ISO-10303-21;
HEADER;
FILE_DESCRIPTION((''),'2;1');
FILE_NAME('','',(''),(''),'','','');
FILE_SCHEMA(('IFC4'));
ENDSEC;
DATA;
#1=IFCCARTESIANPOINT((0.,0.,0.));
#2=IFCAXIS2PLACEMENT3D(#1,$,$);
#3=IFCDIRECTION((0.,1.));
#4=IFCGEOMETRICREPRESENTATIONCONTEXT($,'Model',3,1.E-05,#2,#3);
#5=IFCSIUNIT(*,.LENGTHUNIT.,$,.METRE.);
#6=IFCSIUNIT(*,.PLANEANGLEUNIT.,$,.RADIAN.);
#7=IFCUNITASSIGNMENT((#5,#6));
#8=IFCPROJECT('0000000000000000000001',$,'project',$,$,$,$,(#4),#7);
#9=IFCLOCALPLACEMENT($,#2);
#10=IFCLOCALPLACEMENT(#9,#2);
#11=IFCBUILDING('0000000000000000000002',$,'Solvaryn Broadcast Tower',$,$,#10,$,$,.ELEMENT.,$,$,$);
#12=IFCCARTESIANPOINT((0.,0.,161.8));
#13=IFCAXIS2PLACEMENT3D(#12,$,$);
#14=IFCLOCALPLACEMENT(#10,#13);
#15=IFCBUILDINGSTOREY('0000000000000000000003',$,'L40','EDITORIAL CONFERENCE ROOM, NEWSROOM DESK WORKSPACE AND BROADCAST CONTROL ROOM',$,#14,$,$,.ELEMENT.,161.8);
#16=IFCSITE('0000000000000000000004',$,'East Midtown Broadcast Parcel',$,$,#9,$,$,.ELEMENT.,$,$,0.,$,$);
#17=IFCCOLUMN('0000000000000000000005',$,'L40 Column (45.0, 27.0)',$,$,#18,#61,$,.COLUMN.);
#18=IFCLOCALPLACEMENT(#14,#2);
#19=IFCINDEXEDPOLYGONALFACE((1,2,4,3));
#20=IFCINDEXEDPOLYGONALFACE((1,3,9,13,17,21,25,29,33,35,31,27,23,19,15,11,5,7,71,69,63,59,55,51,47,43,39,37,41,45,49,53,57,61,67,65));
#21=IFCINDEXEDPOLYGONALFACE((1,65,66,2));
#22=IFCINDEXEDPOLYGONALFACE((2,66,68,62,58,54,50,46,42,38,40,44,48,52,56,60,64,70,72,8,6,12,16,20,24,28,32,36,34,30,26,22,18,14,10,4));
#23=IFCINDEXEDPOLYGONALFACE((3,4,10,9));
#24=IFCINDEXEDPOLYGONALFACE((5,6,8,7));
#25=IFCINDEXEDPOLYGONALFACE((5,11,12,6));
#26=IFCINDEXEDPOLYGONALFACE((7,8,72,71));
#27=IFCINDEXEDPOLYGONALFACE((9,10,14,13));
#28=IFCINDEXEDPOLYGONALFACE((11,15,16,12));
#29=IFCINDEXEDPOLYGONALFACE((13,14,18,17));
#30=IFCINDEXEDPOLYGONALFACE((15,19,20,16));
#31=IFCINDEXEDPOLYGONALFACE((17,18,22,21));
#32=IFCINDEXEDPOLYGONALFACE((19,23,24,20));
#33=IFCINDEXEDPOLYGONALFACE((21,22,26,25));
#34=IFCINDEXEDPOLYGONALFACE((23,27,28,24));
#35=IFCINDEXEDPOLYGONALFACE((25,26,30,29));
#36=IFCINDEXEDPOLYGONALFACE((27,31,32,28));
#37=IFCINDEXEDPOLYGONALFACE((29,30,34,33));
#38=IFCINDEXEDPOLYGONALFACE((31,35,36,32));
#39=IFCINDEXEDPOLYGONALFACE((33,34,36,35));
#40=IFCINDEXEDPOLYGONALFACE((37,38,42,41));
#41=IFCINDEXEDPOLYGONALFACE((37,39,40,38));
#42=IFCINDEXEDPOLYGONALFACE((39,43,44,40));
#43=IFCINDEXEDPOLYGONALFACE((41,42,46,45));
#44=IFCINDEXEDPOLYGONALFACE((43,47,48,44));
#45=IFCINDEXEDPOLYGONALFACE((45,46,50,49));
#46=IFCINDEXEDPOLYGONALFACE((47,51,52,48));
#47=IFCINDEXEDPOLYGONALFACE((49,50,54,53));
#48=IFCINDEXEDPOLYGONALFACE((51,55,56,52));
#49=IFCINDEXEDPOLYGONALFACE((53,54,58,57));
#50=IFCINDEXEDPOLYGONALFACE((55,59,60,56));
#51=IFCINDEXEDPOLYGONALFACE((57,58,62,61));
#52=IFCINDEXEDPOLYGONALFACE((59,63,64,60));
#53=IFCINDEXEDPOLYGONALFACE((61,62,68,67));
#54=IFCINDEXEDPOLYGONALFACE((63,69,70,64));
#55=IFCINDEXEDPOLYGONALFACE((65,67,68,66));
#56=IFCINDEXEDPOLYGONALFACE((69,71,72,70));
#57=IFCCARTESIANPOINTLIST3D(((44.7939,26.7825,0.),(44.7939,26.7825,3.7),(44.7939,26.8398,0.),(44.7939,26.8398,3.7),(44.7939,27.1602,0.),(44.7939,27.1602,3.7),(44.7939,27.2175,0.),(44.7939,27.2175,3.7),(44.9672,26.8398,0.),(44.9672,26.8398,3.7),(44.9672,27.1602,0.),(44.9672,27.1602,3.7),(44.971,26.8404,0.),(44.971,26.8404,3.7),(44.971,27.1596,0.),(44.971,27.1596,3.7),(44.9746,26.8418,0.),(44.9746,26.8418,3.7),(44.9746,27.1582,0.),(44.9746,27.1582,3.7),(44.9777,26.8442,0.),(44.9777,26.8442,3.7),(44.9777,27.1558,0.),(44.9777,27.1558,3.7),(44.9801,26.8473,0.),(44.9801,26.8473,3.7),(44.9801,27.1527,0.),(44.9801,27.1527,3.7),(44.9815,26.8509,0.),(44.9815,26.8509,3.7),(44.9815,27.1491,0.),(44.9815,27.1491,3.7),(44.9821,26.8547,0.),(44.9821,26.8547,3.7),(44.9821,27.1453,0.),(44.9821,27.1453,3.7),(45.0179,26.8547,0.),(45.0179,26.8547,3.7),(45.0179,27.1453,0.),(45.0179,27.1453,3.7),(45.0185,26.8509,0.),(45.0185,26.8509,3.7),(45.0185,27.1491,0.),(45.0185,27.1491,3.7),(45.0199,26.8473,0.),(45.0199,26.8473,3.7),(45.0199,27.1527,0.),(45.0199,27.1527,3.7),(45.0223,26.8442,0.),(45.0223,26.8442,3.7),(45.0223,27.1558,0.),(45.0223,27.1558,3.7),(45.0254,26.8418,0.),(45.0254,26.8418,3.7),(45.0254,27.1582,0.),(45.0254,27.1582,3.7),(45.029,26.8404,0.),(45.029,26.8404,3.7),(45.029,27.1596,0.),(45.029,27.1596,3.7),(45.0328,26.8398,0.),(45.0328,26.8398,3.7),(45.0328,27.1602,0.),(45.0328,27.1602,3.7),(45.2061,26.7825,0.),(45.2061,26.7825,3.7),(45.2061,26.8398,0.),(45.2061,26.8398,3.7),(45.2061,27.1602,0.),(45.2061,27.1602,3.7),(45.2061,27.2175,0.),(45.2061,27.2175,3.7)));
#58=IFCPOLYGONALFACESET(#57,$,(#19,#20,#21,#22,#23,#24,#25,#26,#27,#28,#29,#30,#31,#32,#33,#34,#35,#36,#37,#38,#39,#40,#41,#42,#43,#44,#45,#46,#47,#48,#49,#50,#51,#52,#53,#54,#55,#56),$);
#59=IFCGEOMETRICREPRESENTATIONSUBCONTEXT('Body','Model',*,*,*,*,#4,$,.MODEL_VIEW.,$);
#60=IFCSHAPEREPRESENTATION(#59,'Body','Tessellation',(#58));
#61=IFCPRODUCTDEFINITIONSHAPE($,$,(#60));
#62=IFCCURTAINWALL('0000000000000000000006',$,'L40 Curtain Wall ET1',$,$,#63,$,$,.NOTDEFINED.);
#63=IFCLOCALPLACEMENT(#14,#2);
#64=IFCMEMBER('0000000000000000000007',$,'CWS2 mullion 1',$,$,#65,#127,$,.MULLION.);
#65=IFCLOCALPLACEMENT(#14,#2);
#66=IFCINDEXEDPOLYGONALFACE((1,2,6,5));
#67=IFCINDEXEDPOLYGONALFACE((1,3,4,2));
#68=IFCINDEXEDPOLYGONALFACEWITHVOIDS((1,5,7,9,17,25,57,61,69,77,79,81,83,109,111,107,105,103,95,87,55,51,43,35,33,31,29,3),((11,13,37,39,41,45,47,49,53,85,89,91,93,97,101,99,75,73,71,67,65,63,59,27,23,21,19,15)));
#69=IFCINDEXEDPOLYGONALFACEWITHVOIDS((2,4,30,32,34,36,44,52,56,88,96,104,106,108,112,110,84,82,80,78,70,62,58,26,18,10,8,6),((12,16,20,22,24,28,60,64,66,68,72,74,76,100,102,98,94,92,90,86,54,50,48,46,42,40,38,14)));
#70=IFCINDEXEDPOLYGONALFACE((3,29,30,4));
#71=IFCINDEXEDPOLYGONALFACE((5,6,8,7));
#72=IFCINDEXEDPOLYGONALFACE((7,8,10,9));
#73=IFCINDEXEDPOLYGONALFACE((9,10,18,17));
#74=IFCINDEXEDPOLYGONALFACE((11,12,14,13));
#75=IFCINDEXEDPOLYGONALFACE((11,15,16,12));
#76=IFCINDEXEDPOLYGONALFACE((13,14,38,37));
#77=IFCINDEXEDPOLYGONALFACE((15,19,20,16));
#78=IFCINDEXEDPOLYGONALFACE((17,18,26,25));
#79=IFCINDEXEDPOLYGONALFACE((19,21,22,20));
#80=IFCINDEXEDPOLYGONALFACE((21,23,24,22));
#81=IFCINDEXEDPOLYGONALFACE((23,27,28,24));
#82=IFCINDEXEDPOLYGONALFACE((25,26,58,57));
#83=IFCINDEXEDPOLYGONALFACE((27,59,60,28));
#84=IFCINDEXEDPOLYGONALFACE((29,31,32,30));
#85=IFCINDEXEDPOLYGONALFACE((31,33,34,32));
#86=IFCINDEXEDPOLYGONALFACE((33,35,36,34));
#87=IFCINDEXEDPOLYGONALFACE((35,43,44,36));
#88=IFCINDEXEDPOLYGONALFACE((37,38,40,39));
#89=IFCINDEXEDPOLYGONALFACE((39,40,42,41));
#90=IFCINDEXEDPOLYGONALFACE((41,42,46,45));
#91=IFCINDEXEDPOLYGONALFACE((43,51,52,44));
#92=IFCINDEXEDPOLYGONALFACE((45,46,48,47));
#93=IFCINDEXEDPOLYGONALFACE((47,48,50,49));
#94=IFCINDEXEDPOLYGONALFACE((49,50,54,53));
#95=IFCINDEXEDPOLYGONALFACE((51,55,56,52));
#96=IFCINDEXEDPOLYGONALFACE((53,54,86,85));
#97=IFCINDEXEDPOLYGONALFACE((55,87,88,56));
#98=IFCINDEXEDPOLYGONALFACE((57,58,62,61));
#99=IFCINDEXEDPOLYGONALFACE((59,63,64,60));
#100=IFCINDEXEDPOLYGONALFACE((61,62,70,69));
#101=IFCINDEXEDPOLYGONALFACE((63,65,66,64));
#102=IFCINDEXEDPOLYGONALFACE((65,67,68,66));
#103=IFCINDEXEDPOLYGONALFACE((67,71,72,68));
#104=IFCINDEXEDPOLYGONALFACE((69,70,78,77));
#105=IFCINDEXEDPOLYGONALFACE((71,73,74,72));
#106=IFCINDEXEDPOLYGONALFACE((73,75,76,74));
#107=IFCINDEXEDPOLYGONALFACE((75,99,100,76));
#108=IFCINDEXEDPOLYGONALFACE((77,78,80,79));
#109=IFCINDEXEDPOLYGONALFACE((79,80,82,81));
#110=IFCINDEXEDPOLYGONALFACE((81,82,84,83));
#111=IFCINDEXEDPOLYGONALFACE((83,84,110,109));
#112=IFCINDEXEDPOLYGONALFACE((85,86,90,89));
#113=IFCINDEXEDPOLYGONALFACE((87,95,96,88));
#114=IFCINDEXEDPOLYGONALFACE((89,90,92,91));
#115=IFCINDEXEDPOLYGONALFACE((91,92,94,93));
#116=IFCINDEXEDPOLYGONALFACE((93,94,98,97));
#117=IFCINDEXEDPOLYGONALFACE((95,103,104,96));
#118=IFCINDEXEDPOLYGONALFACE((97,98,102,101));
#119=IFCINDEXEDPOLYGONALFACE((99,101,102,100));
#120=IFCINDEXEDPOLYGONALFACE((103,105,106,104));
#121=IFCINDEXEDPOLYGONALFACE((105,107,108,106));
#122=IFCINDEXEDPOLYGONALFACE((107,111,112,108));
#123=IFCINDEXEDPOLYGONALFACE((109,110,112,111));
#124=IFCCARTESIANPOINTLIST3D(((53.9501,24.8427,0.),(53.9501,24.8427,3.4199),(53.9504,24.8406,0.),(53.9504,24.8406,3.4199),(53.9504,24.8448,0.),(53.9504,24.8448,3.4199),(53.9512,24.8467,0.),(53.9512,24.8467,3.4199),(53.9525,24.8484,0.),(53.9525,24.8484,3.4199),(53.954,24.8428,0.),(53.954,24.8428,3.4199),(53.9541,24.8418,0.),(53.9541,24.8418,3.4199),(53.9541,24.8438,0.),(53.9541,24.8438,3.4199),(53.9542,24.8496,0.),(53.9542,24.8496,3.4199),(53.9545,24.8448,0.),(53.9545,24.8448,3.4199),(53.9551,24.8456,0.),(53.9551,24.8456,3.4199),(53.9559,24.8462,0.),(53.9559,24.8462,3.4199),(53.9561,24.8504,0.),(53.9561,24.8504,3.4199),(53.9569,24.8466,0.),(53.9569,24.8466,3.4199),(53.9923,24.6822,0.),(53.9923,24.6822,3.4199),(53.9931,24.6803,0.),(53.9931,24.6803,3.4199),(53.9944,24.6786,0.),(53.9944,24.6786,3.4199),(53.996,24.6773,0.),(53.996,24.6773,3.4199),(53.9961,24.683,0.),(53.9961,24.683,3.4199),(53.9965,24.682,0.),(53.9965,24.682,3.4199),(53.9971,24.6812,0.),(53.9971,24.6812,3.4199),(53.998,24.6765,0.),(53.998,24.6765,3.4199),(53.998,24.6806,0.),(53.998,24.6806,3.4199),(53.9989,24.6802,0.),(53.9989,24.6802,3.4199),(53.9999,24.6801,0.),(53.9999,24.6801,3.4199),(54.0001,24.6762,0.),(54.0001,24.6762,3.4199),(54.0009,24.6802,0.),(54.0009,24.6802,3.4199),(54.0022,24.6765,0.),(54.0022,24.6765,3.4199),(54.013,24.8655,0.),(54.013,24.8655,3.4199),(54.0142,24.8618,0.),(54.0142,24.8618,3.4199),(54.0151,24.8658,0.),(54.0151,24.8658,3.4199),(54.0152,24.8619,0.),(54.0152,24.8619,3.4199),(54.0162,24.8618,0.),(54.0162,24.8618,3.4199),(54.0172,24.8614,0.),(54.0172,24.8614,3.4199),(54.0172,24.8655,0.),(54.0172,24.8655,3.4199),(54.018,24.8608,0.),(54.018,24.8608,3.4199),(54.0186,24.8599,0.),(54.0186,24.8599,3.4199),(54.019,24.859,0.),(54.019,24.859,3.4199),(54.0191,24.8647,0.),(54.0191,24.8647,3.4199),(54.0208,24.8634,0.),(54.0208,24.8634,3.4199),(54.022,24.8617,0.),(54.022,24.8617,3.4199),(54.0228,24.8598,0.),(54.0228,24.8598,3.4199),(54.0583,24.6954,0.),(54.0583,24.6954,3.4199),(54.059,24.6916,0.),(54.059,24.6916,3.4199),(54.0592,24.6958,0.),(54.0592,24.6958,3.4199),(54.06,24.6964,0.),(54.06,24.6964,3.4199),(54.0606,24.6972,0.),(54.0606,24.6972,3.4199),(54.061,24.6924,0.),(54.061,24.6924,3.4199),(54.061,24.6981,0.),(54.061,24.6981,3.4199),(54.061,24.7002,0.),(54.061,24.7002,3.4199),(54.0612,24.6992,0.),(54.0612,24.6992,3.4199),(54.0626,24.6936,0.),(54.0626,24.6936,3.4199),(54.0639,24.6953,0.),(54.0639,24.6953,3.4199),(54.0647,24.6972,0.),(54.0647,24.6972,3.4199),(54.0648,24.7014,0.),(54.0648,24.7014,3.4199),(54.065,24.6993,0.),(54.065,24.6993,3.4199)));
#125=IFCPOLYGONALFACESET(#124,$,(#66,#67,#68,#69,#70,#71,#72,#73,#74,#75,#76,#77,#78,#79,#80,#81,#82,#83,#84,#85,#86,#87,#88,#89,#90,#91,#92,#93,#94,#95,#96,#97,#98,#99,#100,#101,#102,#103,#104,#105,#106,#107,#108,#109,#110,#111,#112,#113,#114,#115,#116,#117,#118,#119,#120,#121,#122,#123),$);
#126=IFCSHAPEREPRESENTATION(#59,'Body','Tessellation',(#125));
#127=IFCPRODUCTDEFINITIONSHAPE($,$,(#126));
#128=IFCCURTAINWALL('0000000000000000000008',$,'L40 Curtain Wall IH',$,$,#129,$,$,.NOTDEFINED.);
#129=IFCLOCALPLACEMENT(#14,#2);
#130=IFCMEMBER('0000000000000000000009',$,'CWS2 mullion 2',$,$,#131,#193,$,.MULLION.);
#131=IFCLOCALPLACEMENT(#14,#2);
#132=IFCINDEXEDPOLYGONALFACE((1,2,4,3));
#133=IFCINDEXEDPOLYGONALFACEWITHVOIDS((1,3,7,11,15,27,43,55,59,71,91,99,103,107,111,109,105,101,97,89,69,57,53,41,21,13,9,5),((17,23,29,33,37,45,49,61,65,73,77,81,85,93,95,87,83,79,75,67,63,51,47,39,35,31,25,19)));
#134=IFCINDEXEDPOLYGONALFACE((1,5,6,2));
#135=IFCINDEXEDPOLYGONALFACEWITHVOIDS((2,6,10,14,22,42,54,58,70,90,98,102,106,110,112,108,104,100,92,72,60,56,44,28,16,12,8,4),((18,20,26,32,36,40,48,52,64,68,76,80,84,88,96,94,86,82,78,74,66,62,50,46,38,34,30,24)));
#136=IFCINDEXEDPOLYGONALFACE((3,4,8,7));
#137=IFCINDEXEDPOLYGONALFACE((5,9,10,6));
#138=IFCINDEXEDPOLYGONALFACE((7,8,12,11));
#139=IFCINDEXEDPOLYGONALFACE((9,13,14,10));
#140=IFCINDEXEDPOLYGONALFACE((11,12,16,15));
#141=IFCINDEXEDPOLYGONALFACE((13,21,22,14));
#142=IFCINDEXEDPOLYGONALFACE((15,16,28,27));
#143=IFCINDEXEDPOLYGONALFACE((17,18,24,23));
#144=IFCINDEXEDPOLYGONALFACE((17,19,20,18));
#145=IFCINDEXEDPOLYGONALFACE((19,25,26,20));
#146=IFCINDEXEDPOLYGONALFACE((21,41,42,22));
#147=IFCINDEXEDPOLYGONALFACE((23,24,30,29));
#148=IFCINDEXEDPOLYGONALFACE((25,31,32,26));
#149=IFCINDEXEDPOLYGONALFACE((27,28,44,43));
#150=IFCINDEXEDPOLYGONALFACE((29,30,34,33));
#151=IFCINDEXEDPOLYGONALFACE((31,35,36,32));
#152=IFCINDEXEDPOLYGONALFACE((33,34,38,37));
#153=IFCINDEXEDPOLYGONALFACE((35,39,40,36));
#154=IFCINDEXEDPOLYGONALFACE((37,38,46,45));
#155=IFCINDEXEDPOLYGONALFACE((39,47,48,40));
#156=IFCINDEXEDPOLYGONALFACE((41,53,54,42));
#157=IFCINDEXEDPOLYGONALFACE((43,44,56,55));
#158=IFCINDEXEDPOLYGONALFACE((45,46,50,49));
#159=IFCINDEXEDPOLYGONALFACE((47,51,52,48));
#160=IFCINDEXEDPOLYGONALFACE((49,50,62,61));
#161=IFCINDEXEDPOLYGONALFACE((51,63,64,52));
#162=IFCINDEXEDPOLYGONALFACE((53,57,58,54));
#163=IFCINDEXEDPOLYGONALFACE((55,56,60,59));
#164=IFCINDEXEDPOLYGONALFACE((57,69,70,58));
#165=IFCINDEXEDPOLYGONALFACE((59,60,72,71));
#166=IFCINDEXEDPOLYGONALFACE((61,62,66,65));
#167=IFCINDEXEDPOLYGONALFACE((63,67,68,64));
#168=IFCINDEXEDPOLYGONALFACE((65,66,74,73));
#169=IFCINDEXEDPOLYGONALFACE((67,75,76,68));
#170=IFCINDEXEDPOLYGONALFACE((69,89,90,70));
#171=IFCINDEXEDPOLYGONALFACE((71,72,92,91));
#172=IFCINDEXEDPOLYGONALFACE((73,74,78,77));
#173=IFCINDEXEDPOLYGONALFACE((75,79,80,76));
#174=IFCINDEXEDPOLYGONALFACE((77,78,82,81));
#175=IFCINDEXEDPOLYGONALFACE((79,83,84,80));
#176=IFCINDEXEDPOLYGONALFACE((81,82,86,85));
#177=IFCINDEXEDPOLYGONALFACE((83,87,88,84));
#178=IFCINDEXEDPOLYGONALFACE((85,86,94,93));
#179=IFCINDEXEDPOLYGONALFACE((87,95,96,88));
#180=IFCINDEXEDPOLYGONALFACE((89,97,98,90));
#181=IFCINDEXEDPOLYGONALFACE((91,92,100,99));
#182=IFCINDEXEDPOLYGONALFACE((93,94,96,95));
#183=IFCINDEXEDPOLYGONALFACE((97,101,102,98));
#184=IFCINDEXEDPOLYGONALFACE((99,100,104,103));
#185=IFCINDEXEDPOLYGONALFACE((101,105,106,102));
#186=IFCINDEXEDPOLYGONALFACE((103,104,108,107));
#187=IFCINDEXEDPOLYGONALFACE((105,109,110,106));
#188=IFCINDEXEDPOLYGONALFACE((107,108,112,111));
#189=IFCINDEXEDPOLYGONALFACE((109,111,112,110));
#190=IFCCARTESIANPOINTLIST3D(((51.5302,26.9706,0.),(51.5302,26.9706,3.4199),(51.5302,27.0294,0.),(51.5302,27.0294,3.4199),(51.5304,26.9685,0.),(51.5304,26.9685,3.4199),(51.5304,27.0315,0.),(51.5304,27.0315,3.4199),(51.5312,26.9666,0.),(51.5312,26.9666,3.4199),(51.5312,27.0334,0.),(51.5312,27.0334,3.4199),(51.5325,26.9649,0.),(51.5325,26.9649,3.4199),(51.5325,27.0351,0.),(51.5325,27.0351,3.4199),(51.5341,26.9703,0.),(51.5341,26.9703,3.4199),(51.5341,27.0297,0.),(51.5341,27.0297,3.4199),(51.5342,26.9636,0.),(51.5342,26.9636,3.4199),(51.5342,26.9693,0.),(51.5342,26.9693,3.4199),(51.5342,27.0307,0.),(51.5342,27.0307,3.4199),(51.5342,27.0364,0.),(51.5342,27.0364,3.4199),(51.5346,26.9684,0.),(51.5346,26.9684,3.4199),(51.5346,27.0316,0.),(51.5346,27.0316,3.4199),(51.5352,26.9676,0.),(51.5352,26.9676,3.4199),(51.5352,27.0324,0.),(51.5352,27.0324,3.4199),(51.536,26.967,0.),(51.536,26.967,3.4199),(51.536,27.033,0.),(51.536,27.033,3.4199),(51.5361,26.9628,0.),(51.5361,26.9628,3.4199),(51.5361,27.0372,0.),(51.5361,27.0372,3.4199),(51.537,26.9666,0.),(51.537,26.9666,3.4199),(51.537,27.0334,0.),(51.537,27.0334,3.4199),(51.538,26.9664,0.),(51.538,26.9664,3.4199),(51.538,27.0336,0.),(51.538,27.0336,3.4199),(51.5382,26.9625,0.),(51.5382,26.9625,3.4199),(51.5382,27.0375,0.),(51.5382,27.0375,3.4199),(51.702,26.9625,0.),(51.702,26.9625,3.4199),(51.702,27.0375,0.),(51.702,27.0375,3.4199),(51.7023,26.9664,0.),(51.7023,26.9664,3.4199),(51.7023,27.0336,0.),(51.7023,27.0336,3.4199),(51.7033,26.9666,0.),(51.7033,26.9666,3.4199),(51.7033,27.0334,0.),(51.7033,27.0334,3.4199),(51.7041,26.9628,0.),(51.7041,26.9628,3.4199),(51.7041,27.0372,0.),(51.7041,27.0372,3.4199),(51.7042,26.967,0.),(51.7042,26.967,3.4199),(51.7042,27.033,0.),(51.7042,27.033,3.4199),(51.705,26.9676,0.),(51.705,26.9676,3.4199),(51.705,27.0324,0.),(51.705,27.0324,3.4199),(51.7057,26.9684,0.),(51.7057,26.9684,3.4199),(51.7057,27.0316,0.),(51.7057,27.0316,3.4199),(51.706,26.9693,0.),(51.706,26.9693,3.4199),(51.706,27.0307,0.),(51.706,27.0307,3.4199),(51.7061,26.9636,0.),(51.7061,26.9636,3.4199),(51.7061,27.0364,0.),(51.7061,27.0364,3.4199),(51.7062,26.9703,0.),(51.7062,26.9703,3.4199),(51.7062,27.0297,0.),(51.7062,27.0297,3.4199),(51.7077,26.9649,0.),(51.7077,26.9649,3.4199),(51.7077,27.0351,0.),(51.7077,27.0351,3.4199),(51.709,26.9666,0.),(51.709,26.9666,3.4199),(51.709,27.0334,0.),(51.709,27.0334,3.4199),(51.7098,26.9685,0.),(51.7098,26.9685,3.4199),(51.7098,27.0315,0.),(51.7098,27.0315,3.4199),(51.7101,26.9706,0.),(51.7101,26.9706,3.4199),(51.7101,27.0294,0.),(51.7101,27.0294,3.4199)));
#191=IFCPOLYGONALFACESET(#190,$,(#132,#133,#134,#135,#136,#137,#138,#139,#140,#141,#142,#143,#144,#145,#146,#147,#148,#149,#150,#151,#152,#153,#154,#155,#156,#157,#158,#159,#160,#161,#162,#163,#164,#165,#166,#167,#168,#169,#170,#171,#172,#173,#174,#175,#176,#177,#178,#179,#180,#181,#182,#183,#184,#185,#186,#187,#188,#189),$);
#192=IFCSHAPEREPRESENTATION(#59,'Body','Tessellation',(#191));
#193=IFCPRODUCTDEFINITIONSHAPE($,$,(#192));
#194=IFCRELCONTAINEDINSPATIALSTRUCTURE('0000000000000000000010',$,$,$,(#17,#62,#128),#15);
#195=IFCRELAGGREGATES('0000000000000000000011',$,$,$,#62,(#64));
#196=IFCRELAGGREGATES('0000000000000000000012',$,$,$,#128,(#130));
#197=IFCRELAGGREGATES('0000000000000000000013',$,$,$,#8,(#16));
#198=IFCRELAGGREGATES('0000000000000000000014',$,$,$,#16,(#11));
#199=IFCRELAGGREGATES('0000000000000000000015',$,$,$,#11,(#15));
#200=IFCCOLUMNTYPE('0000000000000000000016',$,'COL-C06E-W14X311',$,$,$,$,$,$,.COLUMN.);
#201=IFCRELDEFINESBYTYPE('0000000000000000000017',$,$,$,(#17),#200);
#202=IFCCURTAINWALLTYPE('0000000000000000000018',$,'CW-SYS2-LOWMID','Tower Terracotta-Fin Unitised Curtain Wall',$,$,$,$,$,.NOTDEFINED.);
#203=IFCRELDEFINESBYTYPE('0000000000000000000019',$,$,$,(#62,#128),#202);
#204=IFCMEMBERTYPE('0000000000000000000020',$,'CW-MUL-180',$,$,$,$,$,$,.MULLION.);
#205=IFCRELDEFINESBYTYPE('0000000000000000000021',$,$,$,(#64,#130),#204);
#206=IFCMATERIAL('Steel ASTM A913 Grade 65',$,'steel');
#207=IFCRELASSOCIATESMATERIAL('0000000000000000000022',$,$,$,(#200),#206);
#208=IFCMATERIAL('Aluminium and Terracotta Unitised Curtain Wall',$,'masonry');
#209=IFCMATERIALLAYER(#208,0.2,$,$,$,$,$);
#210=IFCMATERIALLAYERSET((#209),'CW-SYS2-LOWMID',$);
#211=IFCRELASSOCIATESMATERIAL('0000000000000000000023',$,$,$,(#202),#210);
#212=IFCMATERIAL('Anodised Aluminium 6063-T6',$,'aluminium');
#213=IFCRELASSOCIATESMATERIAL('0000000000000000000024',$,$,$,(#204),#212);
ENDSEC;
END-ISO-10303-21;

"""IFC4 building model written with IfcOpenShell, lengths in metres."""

from ifc_helpers import new_model, si_unit, direction, frame, origin, origin_2d, place, context, subcontext, project, spatial, hollow_rectangle, i_section, extrude, material, layer, layer_set, material_profile, profile_set, type_object, element, aggregate, save


model = new_model("IFC4")

# Units and contexts
model_context = context("Model", 3, precision=1e-05, world=origin(), true_north=direction((0.0, 1.0)))
body_context = subcontext(model_context, "Body", "Model", "MODEL_VIEW")
ifc_project = project(units=[si_unit("LENGTHUNIT", "METRE"), si_unit("PLANEANGLEUNIT", "RADIAN")], contexts=[model_context])

# Site, building, storey
site_placement = place(None, origin())
site = spatial("IfcSite", under=ifc_project, at=site_placement, Name="East Midtown Broadcast Parcel", CompositionType="ELEMENT", RefElevation=0.0)
building_placement = place(site_placement, origin())
building = spatial("IfcBuilding", under=site, at=building_placement, Name="Solvaryn Broadcast Tower", CompositionType="ELEMENT")
storey_placement = place(building_placement, frame((0.0, 0.0, 161.8)))
storey = spatial("IfcBuildingStorey", under=building, at=storey_placement, Name="L40", Description="EDITORIAL CONFERENCE ROOM, NEWSROOM DESK WORKSPACE AND BROADCAST CONTROL ROOM", CompositionType="ELEMENT", Elevation=161.8)

# Column
ifc_material_1 = material(Name="Steel ASTM A913 Grade 65", Category="steel")
ifc_material_profile_1 = material_profile(ifc_material_1, i_section(OverallWidth=0.4121, OverallDepth=0.4351, WebThickness=0.0359, FlangeThickness=0.0574, FilletRadius=0.0149, at=origin_2d()))
ifc_profile_set_1 = profile_set([ifc_material_profile_1], Name="Steel ASTM A913 Grade 65")
column_type = type_object("IfcColumnType", Name="COL-C06E-W14X311", PredefinedType="COLUMN", material=ifc_profile_set_1)
column_placement = place(storey_placement, frame((45.0, 27.0, 0.0), z_axis=(0.0, 0.0, 1.0), x_axis=(1.0, 0.0, 0.0)))
element("IfcColumn", 1, at=column_placement, inside=storey, type_object=column_type, Name="L40 Column (45.0, 27.0)", PredefinedType="COLUMN", context=body_context, shape_type="SweptSolid", body=[
    extrude(i_section(OverallWidth=0.4121, OverallDepth=0.4351, WebThickness=0.0359, FlangeThickness=0.0574, FilletRadius=0.0149, at=origin_2d()), origin(), (0.0, 0.0, 1.0), 3.7),
])

# Curtain walls, members
ifc_material_2 = material(Name="Aluminium and Terracotta Unitised Curtain Wall", Category="masonry")
ifc_layer_1 = layer(ifc_material_2, 0.2)
ifc_layer_set_1 = layer_set([ifc_layer_1], Name="CW-SYS2-LOWMID")
curtain_wall_type = type_object("IfcCurtainWallType", Name="CW-SYS2-LOWMID", Description="Tower Terracotta-Fin Unitised Curtain Wall", PredefinedType="NOTDEFINED", material=ifc_layer_set_1)
curtain_wall_1_placement = place(storey_placement, origin())
curtain_wall_1 = element("IfcCurtainWall", 2, at=curtain_wall_1_placement, inside=storey, type_object=curtain_wall_type, Name="L40 Curtain Wall ET1", PredefinedType="NOTDEFINED")
ifc_material_3 = material(Name="Anodised Aluminium 6063-T6", Category="aluminium")
ifc_material_profile_2 = material_profile(ifc_material_3, hollow_rectangle(XDim=0.075, YDim=0.1799, WallThickness=0.0039, InnerFilletRadius=0.0039, OuterFilletRadius=0.0081, at=origin_2d()))
ifc_profile_set_2 = profile_set([ifc_material_profile_2], Name="Anodised Aluminium 6063-T6")
member_type_1 = type_object("IfcMemberType", Name="CW-MUL-180", PredefinedType="MULLION", material=ifc_profile_set_2)
member_1_placement = place(storey_placement, frame((54.0076, 24.771, 0.0), z_axis=(0.0, 0.0, 1.0), x_axis=(0.966705, 0.255893, 0.0)))
member_1 = element("IfcMember", 3, at=member_1_placement, type_object=member_type_1, Name="CWS2 mullion 1", PredefinedType="MULLION", context=body_context, shape_type="SweptSolid", body=[
    extrude(hollow_rectangle(XDim=0.075, YDim=0.1799, WallThickness=0.0039, InnerFilletRadius=0.0039, OuterFilletRadius=0.0081, at=origin_2d()), origin(), (0.0, 0.0, 1.0), 3.4199),
])
curtain_wall_2_placement = place(storey_placement, origin())
curtain_wall_2 = element("IfcCurtainWall", 4, at=curtain_wall_2_placement, inside=storey, type_object=curtain_wall_type, Name="L40 Curtain Wall IH", PredefinedType="NOTDEFINED")
member_2_placement = place(storey_placement, frame((51.6201, 27.0, 0.0), z_axis=(0.0, 0.0, 1.0), x_axis=(0.0, 1.0, 0.0)))
member_2 = element("IfcMember", 5, at=member_2_placement, type_object=member_type_1, Name="CWS2 mullion 2", PredefinedType="MULLION", context=body_context, shape_type="SweptSolid", body=[
    extrude(hollow_rectangle(XDim=0.075, YDim=0.1799, WallThickness=0.0039, InnerFilletRadius=0.0039, OuterFilletRadius=0.0081, at=origin_2d()), origin(), (0.0, 0.0, 1.0), 3.4199),
])

aggregate(curtain_wall_1, [member_1])
aggregate(curtain_wall_2, [member_2])

save(model, "model.ifc")
